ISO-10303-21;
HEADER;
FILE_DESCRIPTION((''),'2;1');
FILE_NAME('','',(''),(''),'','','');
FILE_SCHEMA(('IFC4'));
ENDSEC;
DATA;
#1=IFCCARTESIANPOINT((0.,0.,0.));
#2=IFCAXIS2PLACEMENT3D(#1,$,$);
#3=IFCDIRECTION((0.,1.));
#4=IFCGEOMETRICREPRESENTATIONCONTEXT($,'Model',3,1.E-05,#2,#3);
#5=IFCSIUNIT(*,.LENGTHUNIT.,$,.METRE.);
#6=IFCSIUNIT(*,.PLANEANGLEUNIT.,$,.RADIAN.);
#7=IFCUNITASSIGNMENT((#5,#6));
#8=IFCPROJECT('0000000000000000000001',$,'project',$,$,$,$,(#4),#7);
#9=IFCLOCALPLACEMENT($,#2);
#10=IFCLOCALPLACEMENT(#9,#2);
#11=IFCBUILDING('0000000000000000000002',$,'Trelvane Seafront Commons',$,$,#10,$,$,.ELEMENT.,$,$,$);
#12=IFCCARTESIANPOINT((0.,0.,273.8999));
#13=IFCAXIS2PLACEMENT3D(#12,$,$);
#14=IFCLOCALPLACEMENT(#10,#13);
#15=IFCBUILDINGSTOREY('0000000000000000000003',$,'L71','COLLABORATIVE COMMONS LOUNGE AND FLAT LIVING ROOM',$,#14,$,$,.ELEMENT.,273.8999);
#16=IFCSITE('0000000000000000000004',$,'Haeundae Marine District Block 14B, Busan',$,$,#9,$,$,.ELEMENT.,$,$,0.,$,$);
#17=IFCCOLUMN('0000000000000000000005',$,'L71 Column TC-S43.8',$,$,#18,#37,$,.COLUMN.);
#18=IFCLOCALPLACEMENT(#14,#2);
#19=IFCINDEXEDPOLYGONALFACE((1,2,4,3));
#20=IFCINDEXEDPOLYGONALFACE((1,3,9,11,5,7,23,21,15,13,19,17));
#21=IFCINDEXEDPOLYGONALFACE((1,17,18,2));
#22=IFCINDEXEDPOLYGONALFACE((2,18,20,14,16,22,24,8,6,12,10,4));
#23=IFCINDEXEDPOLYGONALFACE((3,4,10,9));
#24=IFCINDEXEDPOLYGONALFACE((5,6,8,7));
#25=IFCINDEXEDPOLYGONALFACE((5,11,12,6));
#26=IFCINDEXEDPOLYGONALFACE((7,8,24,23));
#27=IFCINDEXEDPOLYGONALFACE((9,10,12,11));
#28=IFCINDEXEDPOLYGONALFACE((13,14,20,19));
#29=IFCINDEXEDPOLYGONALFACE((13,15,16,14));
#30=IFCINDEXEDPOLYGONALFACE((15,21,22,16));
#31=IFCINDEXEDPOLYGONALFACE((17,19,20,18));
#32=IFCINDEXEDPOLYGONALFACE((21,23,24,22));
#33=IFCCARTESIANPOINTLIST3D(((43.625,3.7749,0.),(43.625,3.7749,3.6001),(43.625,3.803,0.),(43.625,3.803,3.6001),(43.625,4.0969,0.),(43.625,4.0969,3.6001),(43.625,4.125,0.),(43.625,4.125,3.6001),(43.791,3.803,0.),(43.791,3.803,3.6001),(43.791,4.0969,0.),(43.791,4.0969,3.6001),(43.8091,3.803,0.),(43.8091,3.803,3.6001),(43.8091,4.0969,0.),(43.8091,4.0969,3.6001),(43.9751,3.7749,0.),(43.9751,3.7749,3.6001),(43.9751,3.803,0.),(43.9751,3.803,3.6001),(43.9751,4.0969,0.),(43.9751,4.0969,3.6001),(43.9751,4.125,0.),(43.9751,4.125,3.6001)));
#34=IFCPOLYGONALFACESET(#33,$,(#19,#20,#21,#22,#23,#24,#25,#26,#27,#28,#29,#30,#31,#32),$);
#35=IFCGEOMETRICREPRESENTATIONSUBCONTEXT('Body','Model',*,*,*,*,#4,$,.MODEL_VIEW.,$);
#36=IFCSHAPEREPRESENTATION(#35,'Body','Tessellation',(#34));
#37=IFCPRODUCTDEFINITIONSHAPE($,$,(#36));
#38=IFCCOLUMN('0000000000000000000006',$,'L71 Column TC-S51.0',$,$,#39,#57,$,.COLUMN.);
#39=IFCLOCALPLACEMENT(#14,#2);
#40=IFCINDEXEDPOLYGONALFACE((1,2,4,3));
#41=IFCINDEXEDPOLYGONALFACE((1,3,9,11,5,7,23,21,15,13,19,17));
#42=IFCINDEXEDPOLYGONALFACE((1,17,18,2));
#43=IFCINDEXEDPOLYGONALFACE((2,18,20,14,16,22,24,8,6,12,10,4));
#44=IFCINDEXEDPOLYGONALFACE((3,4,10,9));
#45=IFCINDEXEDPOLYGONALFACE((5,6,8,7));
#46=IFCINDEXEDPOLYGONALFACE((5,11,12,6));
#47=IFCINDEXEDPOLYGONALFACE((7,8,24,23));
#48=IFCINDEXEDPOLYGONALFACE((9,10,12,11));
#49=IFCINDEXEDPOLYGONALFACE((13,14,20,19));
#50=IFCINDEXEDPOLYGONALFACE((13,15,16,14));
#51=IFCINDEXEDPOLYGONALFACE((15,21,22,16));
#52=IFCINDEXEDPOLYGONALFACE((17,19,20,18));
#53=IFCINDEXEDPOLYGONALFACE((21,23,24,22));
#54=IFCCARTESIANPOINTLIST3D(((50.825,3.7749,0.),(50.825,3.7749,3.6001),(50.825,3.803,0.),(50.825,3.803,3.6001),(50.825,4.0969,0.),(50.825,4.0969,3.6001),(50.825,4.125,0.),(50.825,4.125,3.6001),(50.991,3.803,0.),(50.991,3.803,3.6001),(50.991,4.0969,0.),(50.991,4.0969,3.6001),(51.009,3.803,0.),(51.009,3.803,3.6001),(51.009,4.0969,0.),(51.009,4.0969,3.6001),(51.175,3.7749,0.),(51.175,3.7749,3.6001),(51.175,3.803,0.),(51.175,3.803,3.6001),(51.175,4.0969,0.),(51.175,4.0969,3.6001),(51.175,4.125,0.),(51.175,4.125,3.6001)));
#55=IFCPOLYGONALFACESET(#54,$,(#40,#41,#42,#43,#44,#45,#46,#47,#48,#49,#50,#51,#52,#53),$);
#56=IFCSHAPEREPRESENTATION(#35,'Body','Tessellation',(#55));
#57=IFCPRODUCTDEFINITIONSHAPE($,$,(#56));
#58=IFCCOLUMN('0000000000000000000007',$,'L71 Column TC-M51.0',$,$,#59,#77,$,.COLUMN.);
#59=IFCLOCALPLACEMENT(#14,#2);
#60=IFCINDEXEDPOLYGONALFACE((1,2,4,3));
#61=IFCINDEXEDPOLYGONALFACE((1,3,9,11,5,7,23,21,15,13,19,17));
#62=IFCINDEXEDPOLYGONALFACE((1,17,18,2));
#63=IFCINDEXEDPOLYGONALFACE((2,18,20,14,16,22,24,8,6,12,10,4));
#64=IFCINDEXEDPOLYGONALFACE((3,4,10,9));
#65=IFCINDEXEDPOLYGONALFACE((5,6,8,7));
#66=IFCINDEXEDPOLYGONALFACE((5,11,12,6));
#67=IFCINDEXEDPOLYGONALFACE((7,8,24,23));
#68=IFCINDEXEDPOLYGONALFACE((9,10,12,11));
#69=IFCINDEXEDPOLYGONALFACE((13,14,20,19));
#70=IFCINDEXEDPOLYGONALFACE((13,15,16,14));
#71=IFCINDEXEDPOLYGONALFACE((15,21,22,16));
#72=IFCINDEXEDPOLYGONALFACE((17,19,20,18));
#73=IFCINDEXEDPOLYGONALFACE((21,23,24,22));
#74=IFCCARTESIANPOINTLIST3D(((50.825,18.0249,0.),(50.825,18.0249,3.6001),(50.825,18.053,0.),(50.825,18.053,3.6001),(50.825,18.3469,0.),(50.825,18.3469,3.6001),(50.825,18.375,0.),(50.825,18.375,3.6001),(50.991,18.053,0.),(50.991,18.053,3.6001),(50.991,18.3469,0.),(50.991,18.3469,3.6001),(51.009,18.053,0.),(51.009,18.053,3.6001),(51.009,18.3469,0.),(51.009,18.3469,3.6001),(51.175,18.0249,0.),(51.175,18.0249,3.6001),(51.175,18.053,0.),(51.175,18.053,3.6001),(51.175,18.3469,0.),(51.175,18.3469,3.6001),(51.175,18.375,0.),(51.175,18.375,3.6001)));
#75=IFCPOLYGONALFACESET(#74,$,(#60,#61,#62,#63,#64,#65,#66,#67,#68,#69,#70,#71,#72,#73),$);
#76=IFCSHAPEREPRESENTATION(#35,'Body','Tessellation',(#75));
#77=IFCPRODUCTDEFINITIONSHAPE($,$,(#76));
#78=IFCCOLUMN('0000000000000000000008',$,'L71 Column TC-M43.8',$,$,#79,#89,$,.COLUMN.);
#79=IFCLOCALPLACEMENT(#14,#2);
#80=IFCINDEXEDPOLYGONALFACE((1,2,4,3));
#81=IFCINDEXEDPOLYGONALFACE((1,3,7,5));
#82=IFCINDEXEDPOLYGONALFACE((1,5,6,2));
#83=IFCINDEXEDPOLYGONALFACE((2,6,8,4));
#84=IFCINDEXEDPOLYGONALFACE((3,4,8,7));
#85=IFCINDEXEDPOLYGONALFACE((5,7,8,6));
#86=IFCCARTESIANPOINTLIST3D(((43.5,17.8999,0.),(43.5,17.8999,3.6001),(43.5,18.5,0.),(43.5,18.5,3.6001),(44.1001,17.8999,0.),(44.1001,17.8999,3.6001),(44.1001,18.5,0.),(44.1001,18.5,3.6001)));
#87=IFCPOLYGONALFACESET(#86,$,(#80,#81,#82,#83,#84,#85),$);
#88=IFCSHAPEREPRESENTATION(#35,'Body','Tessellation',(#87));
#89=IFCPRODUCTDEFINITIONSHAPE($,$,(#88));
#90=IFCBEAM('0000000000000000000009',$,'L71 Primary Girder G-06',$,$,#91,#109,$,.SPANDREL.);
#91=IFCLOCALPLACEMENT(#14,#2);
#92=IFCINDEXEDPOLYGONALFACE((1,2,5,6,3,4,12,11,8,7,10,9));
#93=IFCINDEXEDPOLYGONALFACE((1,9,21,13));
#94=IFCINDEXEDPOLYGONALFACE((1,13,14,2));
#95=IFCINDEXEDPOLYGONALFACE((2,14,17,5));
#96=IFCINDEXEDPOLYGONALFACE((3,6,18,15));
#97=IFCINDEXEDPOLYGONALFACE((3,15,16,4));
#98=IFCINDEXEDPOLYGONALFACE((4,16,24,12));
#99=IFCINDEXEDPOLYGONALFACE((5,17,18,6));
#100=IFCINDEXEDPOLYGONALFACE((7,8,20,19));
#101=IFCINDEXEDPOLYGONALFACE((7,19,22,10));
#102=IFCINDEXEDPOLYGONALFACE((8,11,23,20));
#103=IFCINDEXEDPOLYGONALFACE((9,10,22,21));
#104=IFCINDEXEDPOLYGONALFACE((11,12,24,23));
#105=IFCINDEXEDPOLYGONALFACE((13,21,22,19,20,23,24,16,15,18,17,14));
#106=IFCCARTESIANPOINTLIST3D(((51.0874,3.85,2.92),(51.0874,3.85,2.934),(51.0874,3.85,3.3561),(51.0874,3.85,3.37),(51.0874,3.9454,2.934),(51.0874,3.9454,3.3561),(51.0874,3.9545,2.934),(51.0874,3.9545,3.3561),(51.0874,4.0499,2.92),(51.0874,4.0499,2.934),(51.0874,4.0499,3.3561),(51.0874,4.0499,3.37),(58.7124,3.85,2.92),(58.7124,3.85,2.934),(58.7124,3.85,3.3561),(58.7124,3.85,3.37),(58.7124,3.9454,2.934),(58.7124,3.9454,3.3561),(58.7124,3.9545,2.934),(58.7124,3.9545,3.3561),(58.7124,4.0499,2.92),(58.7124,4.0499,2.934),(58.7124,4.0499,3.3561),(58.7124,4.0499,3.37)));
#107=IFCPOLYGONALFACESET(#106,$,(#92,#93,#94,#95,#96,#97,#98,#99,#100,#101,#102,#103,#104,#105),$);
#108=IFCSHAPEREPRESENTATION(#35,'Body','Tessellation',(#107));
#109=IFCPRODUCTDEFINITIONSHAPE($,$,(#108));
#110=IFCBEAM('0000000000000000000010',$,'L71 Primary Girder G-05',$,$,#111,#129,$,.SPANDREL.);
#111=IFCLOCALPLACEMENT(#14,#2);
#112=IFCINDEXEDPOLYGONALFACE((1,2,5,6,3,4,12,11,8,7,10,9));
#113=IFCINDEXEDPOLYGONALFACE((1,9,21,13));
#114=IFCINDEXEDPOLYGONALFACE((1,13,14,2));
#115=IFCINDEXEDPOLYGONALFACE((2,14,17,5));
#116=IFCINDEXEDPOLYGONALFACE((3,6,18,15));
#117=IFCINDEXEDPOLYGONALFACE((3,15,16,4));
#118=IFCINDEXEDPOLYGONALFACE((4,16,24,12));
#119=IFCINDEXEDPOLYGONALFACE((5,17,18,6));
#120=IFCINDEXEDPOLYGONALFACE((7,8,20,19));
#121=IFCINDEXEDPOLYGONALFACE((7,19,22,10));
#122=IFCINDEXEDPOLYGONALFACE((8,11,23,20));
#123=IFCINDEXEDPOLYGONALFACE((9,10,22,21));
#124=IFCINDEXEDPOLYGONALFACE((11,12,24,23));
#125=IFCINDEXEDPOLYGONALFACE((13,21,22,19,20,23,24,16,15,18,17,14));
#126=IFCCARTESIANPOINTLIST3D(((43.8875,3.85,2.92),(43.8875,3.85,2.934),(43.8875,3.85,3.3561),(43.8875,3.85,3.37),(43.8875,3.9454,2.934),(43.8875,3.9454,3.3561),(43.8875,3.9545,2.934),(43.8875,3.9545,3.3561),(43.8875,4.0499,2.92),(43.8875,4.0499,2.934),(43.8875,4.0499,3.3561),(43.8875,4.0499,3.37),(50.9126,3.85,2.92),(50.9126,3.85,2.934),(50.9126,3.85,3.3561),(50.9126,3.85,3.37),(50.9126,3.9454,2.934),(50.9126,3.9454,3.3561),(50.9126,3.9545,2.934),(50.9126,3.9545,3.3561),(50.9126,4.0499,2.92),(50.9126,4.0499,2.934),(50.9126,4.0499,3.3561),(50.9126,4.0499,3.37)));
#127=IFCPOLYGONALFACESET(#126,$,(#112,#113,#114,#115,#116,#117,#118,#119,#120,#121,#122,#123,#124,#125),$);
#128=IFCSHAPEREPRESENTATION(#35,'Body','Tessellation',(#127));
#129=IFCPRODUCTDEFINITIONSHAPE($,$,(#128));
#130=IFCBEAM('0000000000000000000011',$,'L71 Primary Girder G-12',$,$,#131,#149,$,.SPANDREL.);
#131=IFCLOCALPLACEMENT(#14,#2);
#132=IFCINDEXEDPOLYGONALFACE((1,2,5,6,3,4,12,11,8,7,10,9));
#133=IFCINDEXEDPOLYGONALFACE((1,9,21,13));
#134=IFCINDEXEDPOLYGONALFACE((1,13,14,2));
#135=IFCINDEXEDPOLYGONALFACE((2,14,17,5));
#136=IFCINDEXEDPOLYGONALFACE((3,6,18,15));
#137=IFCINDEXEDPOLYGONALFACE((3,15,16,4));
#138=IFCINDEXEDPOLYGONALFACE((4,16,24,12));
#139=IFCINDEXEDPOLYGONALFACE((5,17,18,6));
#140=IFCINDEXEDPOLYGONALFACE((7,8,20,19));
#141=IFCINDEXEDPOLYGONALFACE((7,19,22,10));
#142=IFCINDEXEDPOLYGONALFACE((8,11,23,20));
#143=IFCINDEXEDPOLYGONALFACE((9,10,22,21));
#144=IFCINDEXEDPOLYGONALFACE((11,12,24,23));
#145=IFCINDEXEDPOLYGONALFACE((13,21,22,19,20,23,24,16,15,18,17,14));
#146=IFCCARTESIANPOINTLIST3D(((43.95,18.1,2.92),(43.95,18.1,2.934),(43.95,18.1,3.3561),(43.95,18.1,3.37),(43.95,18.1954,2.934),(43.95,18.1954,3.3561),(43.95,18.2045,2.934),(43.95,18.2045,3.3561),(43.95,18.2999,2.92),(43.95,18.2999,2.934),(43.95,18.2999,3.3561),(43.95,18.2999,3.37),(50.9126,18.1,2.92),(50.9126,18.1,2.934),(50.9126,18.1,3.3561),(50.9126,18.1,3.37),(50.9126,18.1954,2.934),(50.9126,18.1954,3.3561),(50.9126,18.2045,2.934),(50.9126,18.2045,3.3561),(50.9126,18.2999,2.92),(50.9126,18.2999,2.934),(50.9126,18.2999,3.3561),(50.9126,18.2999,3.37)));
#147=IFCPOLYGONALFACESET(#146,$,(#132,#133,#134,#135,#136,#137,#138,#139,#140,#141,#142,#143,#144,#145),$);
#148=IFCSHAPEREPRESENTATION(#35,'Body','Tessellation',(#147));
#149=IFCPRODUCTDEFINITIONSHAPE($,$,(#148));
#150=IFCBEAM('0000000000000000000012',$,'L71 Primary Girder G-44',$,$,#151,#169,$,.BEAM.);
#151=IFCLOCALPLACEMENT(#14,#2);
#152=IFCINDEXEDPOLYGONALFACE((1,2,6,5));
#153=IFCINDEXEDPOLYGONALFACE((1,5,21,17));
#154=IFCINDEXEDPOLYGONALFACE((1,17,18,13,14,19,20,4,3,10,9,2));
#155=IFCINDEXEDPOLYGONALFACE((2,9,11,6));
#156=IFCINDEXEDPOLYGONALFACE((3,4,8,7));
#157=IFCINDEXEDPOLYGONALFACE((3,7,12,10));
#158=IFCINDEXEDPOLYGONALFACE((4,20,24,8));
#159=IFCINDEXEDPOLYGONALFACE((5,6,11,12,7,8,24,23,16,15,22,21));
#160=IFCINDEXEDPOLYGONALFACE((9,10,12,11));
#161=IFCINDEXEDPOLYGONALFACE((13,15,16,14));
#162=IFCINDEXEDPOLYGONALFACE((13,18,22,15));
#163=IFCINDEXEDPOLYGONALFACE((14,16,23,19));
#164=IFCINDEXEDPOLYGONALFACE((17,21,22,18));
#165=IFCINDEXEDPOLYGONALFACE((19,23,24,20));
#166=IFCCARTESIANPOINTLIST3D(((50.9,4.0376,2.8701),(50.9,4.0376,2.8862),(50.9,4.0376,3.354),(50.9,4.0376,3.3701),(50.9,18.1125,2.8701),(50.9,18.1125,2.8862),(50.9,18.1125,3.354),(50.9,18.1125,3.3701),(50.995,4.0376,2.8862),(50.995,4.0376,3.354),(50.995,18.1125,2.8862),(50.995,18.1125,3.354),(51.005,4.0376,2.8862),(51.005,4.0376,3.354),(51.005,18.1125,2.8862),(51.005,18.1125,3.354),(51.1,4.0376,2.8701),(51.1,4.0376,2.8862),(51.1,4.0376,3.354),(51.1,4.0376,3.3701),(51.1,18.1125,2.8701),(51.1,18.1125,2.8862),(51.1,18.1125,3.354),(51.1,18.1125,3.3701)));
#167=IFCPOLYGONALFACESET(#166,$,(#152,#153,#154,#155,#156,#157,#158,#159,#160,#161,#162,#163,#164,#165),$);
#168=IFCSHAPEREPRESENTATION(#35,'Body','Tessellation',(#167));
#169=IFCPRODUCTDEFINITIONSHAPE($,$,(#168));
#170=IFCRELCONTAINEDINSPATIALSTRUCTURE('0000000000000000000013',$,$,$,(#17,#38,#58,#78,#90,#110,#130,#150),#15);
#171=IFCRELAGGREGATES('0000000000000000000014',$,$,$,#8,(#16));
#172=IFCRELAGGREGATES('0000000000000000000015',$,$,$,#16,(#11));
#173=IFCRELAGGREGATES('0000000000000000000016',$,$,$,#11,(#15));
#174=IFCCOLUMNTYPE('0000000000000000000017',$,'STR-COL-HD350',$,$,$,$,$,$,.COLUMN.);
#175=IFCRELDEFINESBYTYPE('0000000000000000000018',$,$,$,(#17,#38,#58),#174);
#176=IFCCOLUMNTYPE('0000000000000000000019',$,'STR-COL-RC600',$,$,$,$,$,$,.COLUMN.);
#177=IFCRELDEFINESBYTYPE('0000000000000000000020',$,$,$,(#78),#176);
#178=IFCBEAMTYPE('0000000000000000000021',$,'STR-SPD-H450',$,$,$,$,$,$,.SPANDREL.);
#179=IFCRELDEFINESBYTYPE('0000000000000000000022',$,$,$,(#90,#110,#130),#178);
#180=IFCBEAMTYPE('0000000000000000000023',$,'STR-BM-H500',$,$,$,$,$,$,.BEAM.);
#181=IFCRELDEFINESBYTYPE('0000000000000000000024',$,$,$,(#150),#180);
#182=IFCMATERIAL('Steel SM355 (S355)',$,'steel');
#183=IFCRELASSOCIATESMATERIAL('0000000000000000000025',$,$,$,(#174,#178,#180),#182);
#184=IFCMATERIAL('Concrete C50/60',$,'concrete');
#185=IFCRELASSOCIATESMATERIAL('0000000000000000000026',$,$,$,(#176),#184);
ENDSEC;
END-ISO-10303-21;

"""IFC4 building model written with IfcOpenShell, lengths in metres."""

from ifc_helpers import new_model, si_unit, direction, frame, origin, origin_2d, place, context, subcontext, project, spatial, rectangle, i_section, extrude, source, transform, mapped, material, material_profile, profile_set, type_object, element, save


model = new_model("IFC4")

# Units and contexts
model_context = context("Model", 3, precision=1e-05, world=origin(), true_north=direction((0.0, 1.0)))
body_context = subcontext(model_context, "Body", "Model", "MODEL_VIEW")
ifc_project = project(units=[si_unit("LENGTHUNIT", "METRE"), si_unit("PLANEANGLEUNIT", "RADIAN")], contexts=[model_context])

# Site, building, storey
site_placement = place(None, origin())
site = spatial("IfcSite", under=ifc_project, at=site_placement, Name="Haeundae Marine District Block 14B, Busan", CompositionType="ELEMENT", RefElevation=0.0)
building_placement = place(site_placement, origin())
building = spatial("IfcBuilding", under=site, at=building_placement, Name="Trelvane Seafront Commons", CompositionType="ELEMENT")
storey_placement = place(building_placement, frame((0.0, 0.0, 273.8999)))
storey = spatial("IfcBuildingStorey", under=building, at=storey_placement, Name="L71", Description="COLLABORATIVE COMMONS LOUNGE AND FLAT LIVING ROOM", CompositionType="ELEMENT", Elevation=273.8999)

# Columns
ifc_material_1 = material(Name="Steel SM355 (S355)", Category="steel")
ifc_material_profile_1 = material_profile(ifc_material_1, i_section(OverallWidth=0.3501, OverallDepth=0.3501, WebThickness=0.0181, FlangeThickness=0.0281, at=origin_2d()), Name="HD-350x350x18x28")
ifc_profile_set_1 = profile_set([ifc_material_profile_1], Name="Steel SM355 (S355)")
column_type_1 = type_object("IfcColumnType", Name="STR-COL-HD350", PredefinedType="COLUMN", material=ifc_profile_set_1)
shared_shape_1 = source(origin(), body_context, "Body", "SweptSolid", [
    extrude(i_section(OverallWidth=0.3501, OverallDepth=0.3501, WebThickness=0.0181, FlangeThickness=0.0281, at=origin_2d()), origin(), (0.0, 0.0, 1.0), 3.6001),
])
for number, where, z_axis, x_axis, name in (
    (1, (43.8, 3.95, 0.0), (0.0, 0.0, 1.0), (1.0, 0.0, 0.0), "L71 Column TC-S43.8"),
    (2, (51.0, 3.95, 0.0), (0.0, 0.0, 1.0), (1.0, 0.0, 0.0), "L71 Column TC-S51.0"),
    (3, (51.0, 18.2, 0.0), (0.0, 0.0, 1.0), (1.0, 0.0, 0.0), "L71 Column TC-M51.0"),
):
    element("IfcColumn", number, at=place(storey_placement, frame(where, z_axis=z_axis, x_axis=x_axis)), inside=storey, type_object=column_type_1, Name=name, PredefinedType="COLUMN", context=body_context, shape_type="MappedRepresentation", body=[
        mapped(shared_shape_1, transform((0.0, 0.0, 0.0), x_axis=(1.0, 0.0, 0.0), y_axis=(0.0, 1.0, 0.0), z_axis=(0.0, 0.0, 1.0), scale=1.0)),
    ])
ifc_material_2 = material(Name="Concrete C50/60", Category="concrete")
ifc_material_profile_2 = material_profile(ifc_material_2, rectangle(XDim=0.6001, YDim=0.6001, at=origin_2d()), Name="RC-600x600")
ifc_profile_set_2 = profile_set([ifc_material_profile_2], Name="Concrete C50/60")
column_type_2 = type_object("IfcColumnType", Name="STR-COL-RC600", PredefinedType="COLUMN", material=ifc_profile_set_2)
shared_shape_2 = source(origin(), body_context, "Body", "SweptSolid", [
    extrude(rectangle(XDim=0.6001, YDim=0.6001, at=origin_2d()), origin(), (0.0, 0.0, 1.0), 3.6001),
])
column_placement = place(storey_placement, frame((43.8, 18.2, 0.0), z_axis=(0.0, 0.0, 1.0), x_axis=(1.0, 0.0, 0.0)))
element("IfcColumn", 4, at=column_placement, inside=storey, type_object=column_type_2, Name="L71 Column TC-M43.8", PredefinedType="COLUMN", context=body_context, shape_type="MappedRepresentation", body=[
    mapped(shared_shape_2, transform((0.0, 0.0, 0.0), x_axis=(1.0, 0.0, 0.0), y_axis=(0.0, 1.0, 0.0), z_axis=(0.0, 0.0, 1.0), scale=1.0)),
])

# Beams
ifc_material_profile_3 = material_profile(ifc_material_1, i_section(OverallWidth=0.2, OverallDepth=0.45, WebThickness=0.009, FlangeThickness=0.0139, at=origin_2d()), Name="H-450x200x9x14")
ifc_profile_set_3 = profile_set([ifc_material_profile_3], Name="Steel SM355 (S355)")
beam_type_1 = type_object("IfcBeamType", Name="STR-SPD-H450", PredefinedType="SPANDREL", material=ifc_profile_set_3)
shared_shape_3 = source(origin(), body_context, "Body", "SweptSolid", [
    extrude(i_section(OverallWidth=0.2, OverallDepth=0.45, WebThickness=0.009, FlangeThickness=0.0139, at=origin_2d()), origin(), (0.0, 0.0, 1.0), 7.625),
])
beam_1_placement = place(storey_placement, frame((51.0874, 3.95, 3.145), z_axis=(1.0, 0.0, 0.0), x_axis=(0.0, 1.0, 0.0)))
element("IfcBeam", 5, at=beam_1_placement, inside=storey, type_object=beam_type_1, Name="L71 Primary Girder G-06", PredefinedType="SPANDREL", context=body_context, shape_type="MappedRepresentation", body=[
    mapped(shared_shape_3, transform((0.0, 0.0, 0.0), x_axis=(1.0, 0.0, 0.0), y_axis=(0.0, 1.0, 0.0), z_axis=(0.0, 0.0, 1.0), scale=1.0)),
])
shared_shape_4 = source(origin(), body_context, "Body", "SweptSolid", [
    extrude(i_section(OverallWidth=0.2, OverallDepth=0.45, WebThickness=0.009, FlangeThickness=0.0139, at=origin_2d()), origin(), (0.0, 0.0, 1.0), 7.0251),
])
beam_2_placement = place(storey_placement, frame((43.8875, 3.95, 3.145), z_axis=(1.0, 0.0, 0.0), x_axis=(0.0, 1.0, 0.0)))
element("IfcBeam", 6, at=beam_2_placement, inside=storey, type_object=beam_type_1, Name="L71 Primary Girder G-05", PredefinedType="SPANDREL", context=body_context, shape_type="MappedRepresentation", body=[
    mapped(shared_shape_4, transform((0.0, 0.0, 0.0), x_axis=(1.0, 0.0, 0.0), y_axis=(0.0, 1.0, 0.0), z_axis=(0.0, 0.0, 1.0), scale=1.0)),
])
shared_shape_5 = source(origin(), body_context, "Body", "SweptSolid", [
    extrude(i_section(OverallWidth=0.2, OverallDepth=0.45, WebThickness=0.009, FlangeThickness=0.0139, at=origin_2d()), origin(), (0.0, 0.0, 1.0), 6.9626),
])
beam_3_placement = place(storey_placement, frame((43.95, 18.2, 3.145), z_axis=(1.0, 0.0, 0.0), x_axis=(0.0, 1.0, 0.0)))
element("IfcBeam", 7, at=beam_3_placement, inside=storey, type_object=beam_type_1, Name="L71 Primary Girder G-12", PredefinedType="SPANDREL", context=body_context, shape_type="MappedRepresentation", body=[
    mapped(shared_shape_5, transform((0.0, 0.0, 0.0), x_axis=(1.0, 0.0, 0.0), y_axis=(0.0, 1.0, 0.0), z_axis=(0.0, 0.0, 1.0), scale=1.0)),
])
ifc_material_profile_4 = material_profile(ifc_material_1, i_section(OverallWidth=0.2, OverallDepth=0.5, WebThickness=0.01, FlangeThickness=0.0161, at=origin_2d()), Name="H-500x200x10x16")
ifc_profile_set_4 = profile_set([ifc_material_profile_4], Name="Steel SM355 (S355)")
beam_type_2 = type_object("IfcBeamType", Name="STR-BM-H500", PredefinedType="BEAM", material=ifc_profile_set_4)
shared_shape_6 = source(origin(), body_context, "Body", "SweptSolid", [
    extrude(i_section(OverallWidth=0.2, OverallDepth=0.5, WebThickness=0.01, FlangeThickness=0.0161, at=origin_2d()), origin(), (0.0, 0.0, 1.0), 14.075),
])
beam_4_placement = place(storey_placement, frame((51.0, 4.0376, 3.1201), z_axis=(0.0, 1.0, 0.0), x_axis=(-1.0, 0.0, 0.0)))
element("IfcBeam", 8, at=beam_4_placement, inside=storey, type_object=beam_type_2, Name="L71 Primary Girder G-44", PredefinedType="BEAM", context=body_context, shape_type="MappedRepresentation", body=[
    mapped(shared_shape_6, transform((0.0, 0.0, 0.0), x_axis=(1.0, 0.0, 0.0), y_axis=(0.0, 1.0, 0.0), z_axis=(0.0, 0.0, 1.0), scale=1.0)),
])

save(model, "model.ifc")
